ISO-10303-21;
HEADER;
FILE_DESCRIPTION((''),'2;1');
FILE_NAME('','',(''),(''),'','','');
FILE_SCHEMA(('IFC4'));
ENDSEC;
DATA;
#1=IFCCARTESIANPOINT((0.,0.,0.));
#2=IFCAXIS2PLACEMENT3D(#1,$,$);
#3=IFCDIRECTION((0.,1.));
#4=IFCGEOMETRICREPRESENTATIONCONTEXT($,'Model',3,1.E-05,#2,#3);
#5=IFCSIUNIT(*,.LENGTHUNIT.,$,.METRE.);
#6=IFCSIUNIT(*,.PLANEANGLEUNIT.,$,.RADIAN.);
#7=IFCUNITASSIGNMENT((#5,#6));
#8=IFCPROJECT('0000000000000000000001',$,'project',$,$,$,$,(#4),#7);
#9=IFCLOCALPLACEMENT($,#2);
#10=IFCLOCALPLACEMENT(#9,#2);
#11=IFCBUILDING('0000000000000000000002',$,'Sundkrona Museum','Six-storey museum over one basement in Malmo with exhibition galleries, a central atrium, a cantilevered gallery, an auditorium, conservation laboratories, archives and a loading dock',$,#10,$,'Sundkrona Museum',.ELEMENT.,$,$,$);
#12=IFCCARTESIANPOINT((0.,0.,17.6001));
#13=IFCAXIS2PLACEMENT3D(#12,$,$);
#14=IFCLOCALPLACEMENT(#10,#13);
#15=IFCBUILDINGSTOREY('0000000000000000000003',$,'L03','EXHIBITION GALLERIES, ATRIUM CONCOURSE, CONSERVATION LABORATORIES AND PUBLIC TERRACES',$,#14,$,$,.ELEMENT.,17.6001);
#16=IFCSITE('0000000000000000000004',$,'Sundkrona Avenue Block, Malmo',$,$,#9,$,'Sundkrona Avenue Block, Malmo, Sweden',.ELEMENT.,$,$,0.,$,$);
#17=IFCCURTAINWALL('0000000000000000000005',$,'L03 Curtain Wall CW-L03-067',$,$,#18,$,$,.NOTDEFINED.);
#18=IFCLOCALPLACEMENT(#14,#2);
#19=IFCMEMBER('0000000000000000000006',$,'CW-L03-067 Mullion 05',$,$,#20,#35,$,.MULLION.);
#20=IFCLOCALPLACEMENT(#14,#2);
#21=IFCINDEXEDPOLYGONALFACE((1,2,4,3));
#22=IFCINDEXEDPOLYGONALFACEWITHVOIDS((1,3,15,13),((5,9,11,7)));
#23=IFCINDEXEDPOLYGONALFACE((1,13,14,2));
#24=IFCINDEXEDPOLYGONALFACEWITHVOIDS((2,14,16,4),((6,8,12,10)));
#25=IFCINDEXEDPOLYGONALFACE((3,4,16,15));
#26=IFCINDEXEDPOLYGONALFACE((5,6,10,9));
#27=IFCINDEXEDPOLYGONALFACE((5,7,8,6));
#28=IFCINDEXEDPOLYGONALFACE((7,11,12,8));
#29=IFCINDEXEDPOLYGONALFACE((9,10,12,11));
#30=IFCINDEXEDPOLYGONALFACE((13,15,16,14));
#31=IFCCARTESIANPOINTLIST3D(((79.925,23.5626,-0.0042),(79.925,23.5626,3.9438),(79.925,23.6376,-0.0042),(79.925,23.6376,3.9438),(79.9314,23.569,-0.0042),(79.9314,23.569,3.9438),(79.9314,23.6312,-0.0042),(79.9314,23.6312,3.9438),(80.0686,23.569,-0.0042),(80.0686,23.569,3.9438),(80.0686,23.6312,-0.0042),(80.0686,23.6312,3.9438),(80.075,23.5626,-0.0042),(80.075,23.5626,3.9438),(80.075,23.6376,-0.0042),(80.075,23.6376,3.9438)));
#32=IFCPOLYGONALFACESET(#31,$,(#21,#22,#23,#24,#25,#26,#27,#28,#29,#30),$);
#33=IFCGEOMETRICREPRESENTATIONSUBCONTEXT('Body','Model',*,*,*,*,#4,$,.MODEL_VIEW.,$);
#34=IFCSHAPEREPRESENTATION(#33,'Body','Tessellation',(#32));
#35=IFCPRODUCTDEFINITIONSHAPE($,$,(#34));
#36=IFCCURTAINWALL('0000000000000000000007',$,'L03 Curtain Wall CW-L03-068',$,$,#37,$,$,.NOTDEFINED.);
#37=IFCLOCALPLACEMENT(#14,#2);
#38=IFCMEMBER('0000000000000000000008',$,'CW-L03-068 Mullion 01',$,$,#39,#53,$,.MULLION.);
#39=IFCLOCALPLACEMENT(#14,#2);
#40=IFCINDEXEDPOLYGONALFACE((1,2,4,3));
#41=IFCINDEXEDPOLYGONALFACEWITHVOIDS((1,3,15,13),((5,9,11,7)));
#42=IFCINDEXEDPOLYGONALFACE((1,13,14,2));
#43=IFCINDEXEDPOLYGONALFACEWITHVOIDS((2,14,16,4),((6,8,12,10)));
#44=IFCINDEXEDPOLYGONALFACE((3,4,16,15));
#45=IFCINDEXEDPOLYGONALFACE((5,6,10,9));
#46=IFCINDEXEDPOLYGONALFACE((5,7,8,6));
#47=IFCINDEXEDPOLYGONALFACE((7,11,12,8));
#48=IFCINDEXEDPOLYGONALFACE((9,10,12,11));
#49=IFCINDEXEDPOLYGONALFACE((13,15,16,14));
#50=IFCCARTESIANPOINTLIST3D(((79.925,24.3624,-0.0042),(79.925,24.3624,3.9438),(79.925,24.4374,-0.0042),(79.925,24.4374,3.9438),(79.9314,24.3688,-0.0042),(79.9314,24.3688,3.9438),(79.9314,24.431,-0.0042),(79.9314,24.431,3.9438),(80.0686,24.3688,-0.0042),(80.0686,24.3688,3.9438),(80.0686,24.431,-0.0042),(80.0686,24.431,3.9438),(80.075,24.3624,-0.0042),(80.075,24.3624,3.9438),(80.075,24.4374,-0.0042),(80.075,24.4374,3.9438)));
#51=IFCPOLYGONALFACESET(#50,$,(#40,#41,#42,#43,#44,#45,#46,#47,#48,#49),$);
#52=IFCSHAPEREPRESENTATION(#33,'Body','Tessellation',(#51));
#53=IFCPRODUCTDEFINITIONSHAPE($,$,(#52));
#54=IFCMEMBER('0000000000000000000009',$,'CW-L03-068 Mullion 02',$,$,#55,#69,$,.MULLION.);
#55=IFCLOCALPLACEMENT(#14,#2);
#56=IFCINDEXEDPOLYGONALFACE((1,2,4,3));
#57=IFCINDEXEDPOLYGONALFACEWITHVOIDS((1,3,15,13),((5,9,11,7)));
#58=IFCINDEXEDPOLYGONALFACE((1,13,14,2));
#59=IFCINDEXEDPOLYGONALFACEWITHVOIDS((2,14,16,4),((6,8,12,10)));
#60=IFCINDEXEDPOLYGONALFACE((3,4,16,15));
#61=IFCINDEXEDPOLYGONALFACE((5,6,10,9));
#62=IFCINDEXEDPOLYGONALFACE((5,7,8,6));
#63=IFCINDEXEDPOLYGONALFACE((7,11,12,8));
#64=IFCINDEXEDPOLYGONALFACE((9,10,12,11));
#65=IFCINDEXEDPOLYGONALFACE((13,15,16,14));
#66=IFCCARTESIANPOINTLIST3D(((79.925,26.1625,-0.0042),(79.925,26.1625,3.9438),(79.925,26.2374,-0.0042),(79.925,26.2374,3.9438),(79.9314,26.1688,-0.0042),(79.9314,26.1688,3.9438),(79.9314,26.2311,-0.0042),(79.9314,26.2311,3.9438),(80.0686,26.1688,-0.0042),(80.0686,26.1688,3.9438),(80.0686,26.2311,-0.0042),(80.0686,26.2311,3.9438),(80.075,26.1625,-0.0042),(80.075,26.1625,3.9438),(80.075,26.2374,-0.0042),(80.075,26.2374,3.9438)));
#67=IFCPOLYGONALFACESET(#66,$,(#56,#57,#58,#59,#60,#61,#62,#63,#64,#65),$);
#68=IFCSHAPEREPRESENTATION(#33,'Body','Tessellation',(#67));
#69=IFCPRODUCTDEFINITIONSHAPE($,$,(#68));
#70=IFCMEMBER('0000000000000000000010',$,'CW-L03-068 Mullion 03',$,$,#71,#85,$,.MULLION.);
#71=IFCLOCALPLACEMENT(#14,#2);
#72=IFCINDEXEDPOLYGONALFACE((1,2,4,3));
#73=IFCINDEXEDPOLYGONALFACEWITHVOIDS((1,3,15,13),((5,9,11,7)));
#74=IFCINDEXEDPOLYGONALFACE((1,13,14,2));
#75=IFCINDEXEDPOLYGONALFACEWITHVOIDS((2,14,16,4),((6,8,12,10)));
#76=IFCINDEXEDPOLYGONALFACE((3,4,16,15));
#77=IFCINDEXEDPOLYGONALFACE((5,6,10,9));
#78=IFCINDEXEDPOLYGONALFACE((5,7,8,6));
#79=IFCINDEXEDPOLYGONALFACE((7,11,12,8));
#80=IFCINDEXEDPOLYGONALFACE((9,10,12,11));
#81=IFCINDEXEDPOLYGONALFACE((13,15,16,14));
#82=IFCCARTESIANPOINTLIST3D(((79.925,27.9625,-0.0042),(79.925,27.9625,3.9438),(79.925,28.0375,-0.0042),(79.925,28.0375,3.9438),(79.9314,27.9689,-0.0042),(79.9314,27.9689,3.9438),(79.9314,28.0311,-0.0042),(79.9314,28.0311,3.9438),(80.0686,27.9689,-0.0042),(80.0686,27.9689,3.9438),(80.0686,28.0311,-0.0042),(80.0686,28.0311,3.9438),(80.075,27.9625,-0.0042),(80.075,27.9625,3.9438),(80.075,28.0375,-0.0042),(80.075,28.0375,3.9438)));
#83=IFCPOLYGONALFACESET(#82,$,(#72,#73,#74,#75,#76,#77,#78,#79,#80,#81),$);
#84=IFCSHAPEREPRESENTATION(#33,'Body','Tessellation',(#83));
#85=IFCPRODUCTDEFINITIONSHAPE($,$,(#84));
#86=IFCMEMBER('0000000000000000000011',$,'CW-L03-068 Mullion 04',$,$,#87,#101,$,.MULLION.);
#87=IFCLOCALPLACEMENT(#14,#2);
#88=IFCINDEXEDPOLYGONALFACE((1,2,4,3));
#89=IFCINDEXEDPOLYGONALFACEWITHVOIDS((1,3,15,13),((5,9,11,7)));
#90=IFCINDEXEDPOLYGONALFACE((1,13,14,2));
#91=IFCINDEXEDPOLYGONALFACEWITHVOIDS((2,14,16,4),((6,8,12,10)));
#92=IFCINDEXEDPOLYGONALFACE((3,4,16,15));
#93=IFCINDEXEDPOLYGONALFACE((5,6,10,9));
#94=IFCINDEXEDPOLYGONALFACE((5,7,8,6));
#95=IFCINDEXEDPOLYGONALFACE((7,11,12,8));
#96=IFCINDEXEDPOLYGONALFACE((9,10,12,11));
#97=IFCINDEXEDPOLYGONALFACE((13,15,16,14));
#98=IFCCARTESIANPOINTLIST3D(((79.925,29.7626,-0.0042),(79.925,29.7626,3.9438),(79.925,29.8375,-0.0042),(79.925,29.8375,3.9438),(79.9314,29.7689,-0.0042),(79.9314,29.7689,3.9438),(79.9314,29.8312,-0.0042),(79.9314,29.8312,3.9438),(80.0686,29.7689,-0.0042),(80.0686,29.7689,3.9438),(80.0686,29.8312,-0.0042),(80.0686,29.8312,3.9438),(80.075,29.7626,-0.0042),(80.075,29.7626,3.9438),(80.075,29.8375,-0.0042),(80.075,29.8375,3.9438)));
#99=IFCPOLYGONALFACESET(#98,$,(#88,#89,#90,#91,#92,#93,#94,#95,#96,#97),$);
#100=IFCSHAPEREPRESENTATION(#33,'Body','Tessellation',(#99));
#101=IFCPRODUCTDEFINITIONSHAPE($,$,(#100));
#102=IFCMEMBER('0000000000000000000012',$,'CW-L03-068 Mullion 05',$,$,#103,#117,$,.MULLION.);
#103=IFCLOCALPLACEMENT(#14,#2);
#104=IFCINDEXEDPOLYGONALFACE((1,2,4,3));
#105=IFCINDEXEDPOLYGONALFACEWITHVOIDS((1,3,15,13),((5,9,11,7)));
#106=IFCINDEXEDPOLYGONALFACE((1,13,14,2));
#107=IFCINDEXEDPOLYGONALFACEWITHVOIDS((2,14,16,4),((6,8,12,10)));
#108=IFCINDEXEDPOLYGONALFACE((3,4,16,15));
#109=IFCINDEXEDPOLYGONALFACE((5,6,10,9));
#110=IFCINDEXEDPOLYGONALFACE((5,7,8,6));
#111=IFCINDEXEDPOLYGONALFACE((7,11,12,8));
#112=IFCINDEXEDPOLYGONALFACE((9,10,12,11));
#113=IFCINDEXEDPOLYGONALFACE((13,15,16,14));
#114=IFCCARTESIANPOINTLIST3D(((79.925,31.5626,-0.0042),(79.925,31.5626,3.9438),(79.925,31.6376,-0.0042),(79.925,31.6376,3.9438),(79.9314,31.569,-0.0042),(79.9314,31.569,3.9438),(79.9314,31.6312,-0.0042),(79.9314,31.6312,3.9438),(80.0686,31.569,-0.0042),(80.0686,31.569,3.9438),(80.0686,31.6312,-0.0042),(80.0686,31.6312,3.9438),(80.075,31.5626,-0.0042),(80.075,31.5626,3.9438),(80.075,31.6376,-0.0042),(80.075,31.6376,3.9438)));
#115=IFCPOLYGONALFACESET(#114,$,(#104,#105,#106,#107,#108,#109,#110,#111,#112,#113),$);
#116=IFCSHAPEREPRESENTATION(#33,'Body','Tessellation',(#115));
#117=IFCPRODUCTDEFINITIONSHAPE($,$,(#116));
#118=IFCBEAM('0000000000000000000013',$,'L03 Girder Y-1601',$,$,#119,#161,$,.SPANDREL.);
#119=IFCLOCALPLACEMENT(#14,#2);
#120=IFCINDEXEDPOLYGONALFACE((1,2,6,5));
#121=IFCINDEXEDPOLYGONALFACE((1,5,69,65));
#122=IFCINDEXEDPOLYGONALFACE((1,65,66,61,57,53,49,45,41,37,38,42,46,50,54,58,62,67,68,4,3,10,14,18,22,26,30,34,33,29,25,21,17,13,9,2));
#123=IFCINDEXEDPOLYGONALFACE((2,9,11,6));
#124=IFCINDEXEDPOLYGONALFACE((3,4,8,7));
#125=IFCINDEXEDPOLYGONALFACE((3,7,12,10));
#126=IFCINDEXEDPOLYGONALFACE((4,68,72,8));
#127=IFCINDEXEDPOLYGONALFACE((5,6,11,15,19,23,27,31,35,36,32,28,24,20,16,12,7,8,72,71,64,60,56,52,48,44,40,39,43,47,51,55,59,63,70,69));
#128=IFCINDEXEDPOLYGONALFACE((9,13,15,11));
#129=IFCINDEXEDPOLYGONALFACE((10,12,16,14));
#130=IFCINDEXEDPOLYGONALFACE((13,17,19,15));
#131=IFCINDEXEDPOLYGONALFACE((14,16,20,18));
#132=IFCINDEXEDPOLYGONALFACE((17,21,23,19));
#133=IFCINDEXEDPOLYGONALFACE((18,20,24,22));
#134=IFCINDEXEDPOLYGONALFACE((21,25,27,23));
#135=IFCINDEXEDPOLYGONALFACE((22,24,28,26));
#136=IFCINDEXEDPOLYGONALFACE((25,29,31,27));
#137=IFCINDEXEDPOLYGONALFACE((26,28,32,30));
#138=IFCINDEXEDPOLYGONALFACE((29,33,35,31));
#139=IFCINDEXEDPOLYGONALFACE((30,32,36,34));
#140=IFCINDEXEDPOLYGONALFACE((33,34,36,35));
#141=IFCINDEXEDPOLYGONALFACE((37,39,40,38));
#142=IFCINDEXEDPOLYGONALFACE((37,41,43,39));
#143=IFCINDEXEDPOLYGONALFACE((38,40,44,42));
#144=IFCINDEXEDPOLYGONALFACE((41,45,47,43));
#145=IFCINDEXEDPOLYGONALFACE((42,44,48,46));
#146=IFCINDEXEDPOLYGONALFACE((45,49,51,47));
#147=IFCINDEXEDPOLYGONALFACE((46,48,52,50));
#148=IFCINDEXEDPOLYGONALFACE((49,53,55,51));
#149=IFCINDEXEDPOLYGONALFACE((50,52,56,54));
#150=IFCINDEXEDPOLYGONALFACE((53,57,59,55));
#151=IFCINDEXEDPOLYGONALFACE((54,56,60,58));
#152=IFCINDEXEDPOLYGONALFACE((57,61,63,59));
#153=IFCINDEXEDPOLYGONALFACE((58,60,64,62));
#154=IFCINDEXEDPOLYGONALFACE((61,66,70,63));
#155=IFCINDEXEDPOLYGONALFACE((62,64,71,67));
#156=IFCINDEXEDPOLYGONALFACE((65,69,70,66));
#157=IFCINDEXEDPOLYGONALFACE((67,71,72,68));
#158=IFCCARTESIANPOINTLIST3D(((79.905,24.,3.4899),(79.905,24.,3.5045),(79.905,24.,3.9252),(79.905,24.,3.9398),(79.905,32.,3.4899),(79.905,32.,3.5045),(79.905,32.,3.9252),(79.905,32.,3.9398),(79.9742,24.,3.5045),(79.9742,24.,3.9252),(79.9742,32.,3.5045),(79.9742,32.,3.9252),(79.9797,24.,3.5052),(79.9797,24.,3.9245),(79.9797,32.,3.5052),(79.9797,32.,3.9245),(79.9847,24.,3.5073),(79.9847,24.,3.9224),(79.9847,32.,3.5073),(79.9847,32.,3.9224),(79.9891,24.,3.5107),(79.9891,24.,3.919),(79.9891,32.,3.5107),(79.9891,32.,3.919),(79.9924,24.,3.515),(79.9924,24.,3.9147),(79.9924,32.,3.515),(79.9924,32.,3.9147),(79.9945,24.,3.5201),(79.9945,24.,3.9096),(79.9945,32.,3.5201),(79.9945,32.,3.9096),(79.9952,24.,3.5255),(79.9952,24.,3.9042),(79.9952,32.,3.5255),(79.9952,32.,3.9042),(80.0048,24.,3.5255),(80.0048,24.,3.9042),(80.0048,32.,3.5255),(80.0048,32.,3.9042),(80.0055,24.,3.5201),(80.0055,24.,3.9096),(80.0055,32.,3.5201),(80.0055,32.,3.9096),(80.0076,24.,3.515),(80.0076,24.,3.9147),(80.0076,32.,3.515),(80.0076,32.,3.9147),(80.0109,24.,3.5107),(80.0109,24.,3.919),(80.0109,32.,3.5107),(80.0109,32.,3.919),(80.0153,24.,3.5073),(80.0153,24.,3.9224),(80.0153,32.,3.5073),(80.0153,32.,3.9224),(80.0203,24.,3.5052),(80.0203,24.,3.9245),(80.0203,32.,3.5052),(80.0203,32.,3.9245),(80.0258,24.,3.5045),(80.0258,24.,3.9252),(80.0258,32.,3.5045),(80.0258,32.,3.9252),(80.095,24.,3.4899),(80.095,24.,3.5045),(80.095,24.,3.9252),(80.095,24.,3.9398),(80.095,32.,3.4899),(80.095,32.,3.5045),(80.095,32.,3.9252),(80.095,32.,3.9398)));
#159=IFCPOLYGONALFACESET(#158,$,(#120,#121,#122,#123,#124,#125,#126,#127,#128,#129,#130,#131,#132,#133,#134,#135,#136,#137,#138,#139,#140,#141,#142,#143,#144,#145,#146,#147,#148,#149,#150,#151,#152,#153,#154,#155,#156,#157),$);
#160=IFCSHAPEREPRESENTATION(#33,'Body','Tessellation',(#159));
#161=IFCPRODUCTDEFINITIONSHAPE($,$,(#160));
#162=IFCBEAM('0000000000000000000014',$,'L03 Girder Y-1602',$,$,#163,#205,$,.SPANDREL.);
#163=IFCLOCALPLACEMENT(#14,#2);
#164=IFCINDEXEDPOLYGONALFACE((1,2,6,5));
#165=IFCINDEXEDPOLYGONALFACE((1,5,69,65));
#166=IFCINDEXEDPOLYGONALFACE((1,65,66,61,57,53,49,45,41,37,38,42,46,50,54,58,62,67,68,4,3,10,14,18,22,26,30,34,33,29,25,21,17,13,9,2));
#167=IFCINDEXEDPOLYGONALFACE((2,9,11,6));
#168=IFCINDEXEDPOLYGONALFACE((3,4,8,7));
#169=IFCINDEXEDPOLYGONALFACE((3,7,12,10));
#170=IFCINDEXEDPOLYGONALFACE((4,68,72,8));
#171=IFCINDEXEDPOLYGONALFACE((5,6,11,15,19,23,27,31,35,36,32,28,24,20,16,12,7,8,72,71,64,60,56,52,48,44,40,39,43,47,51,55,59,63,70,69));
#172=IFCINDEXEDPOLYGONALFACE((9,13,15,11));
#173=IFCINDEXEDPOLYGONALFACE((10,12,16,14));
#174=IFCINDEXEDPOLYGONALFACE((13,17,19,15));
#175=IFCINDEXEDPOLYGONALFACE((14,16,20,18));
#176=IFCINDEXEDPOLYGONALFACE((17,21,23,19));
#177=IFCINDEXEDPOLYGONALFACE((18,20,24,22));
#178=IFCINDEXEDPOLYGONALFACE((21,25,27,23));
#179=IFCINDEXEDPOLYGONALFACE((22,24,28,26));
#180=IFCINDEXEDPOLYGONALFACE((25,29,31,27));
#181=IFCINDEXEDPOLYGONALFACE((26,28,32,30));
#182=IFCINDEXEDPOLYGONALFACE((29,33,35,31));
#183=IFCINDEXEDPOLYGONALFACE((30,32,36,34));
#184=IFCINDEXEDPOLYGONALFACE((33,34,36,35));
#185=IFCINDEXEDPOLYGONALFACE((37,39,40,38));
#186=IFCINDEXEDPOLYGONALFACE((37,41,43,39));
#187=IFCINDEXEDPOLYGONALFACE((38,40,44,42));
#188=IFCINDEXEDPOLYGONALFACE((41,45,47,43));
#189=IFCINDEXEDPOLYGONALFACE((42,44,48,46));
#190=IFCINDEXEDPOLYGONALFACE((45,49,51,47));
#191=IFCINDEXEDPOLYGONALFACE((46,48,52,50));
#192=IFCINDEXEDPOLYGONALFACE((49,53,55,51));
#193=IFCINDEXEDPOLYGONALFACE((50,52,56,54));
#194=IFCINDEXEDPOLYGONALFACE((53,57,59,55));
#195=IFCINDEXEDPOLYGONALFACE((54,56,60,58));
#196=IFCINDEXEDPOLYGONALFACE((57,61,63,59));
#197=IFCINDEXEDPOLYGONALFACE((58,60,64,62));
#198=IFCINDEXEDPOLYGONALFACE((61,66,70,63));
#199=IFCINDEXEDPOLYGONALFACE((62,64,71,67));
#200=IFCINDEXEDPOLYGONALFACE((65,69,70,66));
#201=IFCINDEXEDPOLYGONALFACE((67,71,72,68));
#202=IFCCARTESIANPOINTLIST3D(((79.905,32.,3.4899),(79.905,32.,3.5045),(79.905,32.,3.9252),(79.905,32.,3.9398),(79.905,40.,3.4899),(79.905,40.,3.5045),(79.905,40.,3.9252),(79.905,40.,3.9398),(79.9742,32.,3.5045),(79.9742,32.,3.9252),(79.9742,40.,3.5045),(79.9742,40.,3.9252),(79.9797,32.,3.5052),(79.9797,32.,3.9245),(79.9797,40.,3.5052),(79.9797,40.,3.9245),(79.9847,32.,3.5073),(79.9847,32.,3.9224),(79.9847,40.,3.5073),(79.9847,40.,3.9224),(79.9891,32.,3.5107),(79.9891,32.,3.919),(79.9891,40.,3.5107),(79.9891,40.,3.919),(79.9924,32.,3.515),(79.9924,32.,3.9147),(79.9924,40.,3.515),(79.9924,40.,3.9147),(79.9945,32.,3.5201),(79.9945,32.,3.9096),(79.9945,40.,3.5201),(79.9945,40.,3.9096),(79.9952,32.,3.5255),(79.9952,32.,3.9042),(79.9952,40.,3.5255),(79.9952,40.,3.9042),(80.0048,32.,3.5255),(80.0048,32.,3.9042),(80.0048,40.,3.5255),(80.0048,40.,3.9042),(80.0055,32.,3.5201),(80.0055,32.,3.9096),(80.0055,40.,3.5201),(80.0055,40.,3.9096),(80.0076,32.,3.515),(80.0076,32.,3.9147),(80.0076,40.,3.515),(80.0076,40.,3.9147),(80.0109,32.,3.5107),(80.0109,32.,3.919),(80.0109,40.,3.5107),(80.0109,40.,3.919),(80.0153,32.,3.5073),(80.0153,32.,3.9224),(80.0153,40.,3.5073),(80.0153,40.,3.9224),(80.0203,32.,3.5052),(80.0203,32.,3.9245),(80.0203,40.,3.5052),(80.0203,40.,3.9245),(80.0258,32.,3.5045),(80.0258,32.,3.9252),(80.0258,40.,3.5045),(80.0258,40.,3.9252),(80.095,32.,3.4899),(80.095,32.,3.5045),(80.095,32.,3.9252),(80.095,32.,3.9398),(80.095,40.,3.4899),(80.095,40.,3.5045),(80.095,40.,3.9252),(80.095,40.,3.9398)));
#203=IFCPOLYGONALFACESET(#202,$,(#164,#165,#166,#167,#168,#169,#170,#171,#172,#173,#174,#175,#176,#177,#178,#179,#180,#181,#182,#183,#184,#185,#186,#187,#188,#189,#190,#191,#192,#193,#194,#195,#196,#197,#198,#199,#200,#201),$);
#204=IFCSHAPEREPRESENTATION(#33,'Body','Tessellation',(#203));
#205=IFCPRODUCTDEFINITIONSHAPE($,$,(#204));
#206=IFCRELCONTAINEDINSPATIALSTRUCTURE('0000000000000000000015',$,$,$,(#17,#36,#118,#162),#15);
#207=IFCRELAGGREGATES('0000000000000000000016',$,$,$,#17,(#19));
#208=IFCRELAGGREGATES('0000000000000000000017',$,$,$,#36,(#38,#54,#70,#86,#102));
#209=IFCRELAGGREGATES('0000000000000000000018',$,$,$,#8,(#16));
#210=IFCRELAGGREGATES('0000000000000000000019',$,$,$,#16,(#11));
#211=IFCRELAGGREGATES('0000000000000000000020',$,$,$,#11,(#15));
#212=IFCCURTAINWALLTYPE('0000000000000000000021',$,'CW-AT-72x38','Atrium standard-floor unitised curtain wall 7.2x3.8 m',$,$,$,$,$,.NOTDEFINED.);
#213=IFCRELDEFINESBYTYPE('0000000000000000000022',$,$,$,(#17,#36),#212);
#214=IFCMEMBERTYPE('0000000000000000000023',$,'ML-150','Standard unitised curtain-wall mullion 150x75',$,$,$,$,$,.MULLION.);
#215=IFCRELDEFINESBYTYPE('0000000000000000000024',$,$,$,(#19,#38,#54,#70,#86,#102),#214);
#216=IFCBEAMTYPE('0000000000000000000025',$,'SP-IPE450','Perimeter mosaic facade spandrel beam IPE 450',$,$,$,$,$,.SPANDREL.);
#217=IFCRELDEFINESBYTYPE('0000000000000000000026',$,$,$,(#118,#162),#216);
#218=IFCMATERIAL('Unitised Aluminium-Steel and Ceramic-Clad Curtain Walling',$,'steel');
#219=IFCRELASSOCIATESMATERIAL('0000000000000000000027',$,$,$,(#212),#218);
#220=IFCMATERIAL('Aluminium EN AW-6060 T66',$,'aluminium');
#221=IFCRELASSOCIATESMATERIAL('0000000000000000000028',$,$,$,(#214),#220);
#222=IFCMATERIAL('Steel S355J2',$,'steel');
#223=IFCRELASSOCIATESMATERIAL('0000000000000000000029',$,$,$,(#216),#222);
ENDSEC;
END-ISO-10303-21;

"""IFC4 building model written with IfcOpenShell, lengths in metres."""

from ifc_helpers import new_model, si_unit, direction, frame, origin, origin_2d, place, context, subcontext, project, spatial, hollow_rectangle, i_section, extrude, material, material_profile, profile_set, type_object, element, aggregate, save


model = new_model("IFC4")

# Units and contexts
model_context = context("Model", 3, precision=1e-05, world=origin(), true_north=direction((0.0, 1.0)))
body_context = subcontext(model_context, "Body", "Model", "MODEL_VIEW")
ifc_project = project(units=[si_unit("LENGTHUNIT", "METRE"), si_unit("PLANEANGLEUNIT", "RADIAN")], contexts=[model_context])

# Site, building, storey
site_placement = place(None, origin())
site = spatial("IfcSite", under=ifc_project, at=site_placement, Name="Sundkrona Avenue Block, Malmo", LongName="Sundkrona Avenue Block, Malmo, Sweden", CompositionType="ELEMENT", RefElevation=0.0)
building_placement = place(site_placement, origin())
building = spatial("IfcBuilding", under=site, at=building_placement, Name="Sundkrona Museum", Description="Six-storey museum over one basement in Malmo with exhibition galleries, a central atrium, a cantilevered gallery, an auditorium, conservation laboratories, archives and a loading dock", LongName="Sundkrona Museum", CompositionType="ELEMENT")
storey_placement = place(building_placement, frame((0.0, 0.0, 17.6001)))
storey = spatial("IfcBuildingStorey", under=building, at=storey_placement, Name="L03", Description="EXHIBITION GALLERIES, ATRIUM CONCOURSE, CONSERVATION LABORATORIES AND PUBLIC TERRACES", CompositionType="ELEMENT", Elevation=17.6001)

# Shared definitions
ifc_material_1 = material(Name="Steel S355J2", Category="steel")

# Curtain wall, member
ifc_material_2 = material(Name="Unitised Aluminium-Steel and Ceramic-Clad Curtain Walling", Category="steel")
curtain_wall_type = type_object("IfcCurtainWallType", Name="CW-AT-72x38", Description="Atrium standard-floor unitised curtain wall 7.2x3.8 m", PredefinedType="NOTDEFINED", material=ifc_material_2)
curtain_wall_1_placement = place(storey_placement, origin())
curtain_wall_1 = element("IfcCurtainWall", 1, at=curtain_wall_1_placement, inside=storey, type_object=curtain_wall_type, Name="L03 Curtain Wall CW-L03-067", PredefinedType="NOTDEFINED")
ifc_material_3 = material(Name="Aluminium EN AW-6060 T66", Category="aluminium")
ifc_material_profile_1 = material_profile(ifc_material_3, hollow_rectangle(XDim=0.075, YDim=0.1499, WallThickness=0.0063, at=origin_2d()), Name="RHS 150x75x6.3")
ifc_profile_set_1 = profile_set([ifc_material_profile_1], Name="Aluminium EN AW-6060 T66")
member_type_1 = type_object("IfcMemberType", Name="ML-150", Description="Standard unitised curtain-wall mullion 150x75", PredefinedType="MULLION", material=ifc_profile_set_1)
member_1_placement = place(storey_placement, frame((80.0, 23.6001, -0.0042), z_axis=(0.0, 0.0, 1.0), x_axis=(0.0, 1.0, 0.0)))
member_1 = element("IfcMember", 2, at=member_1_placement, type_object=member_type_1, Name="CW-L03-067 Mullion 05", PredefinedType="MULLION", context=body_context, shape_type="SweptSolid", body=[
    extrude(hollow_rectangle(XDim=0.075, YDim=0.1499, WallThickness=0.0063, at=origin_2d()), origin(), (0.0, 0.0, 1.0), 3.948),
])
aggregate(curtain_wall_1, [member_1])

# Curtain wall, members
curtain_wall_2_placement = place(storey_placement, origin())
curtain_wall_2 = element("IfcCurtainWall", 3, at=curtain_wall_2_placement, inside=storey, type_object=curtain_wall_type, Name="L03 Curtain Wall CW-L03-068", PredefinedType="NOTDEFINED")
member_2_placement = place(storey_placement, frame((80.0, 24.3999, -0.0042), z_axis=(0.0, 0.0, 1.0), x_axis=(0.0, 1.0, 0.0)))
member_2 = element("IfcMember", 4, at=member_2_placement, type_object=member_type_1, Name="CW-L03-068 Mullion 01", PredefinedType="MULLION", context=body_context, shape_type="SweptSolid", body=[
    extrude(hollow_rectangle(XDim=0.075, YDim=0.1499, WallThickness=0.0063, at=origin_2d()), origin(), (0.0, 0.0, 1.0), 3.948),
])
member_3_placement = place(storey_placement, frame((80.0, 26.2, -0.0042), z_axis=(0.0, 0.0, 1.0), x_axis=(0.0, 1.0, 0.0)))
member_3 = element("IfcMember", 5, at=member_3_placement, type_object=member_type_1, Name="CW-L03-068 Mullion 02", PredefinedType="MULLION", context=body_context, shape_type="SweptSolid", body=[
    extrude(hollow_rectangle(XDim=0.075, YDim=0.1499, WallThickness=0.0063, at=origin_2d()), origin(), (0.0, 0.0, 1.0), 3.948),
])
member_4_placement = place(storey_placement, frame((80.0, 28.0, -0.0042), z_axis=(0.0, 0.0, 1.0), x_axis=(0.0, 1.0, 0.0)))
member_4 = element("IfcMember", 6, at=member_4_placement, type_object=member_type_1, Name="CW-L03-068 Mullion 03", PredefinedType="MULLION", context=body_context, shape_type="SweptSolid", body=[
    extrude(hollow_rectangle(XDim=0.075, YDim=0.1499, WallThickness=0.0063, at=origin_2d()), origin(), (0.0, 0.0, 1.0), 3.948),
])
member_5_placement = place(storey_placement, frame((80.0, 29.8, -0.0042), z_axis=(0.0, 0.0, 1.0), x_axis=(0.0, 1.0, 0.0)))
member_5 = element("IfcMember", 7, at=member_5_placement, type_object=member_type_1, Name="CW-L03-068 Mullion 04", PredefinedType="MULLION", context=body_context, shape_type="SweptSolid", body=[
    extrude(hollow_rectangle(XDim=0.075, YDim=0.1499, WallThickness=0.0063, at=origin_2d()), origin(), (0.0, 0.0, 1.0), 3.948),
])
member_6_placement = place(storey_placement, frame((80.0, 31.6001, -0.0042), z_axis=(0.0, 0.0, 1.0), x_axis=(0.0, 1.0, 0.0)))
member_6 = element("IfcMember", 8, at=member_6_placement, type_object=member_type_1, Name="CW-L03-068 Mullion 05", PredefinedType="MULLION", context=body_context, shape_type="SweptSolid", body=[
    extrude(hollow_rectangle(XDim=0.075, YDim=0.1499, WallThickness=0.0063, at=origin_2d()), origin(), (0.0, 0.0, 1.0), 3.948),
])

# Beams
ifc_material_profile_2 = material_profile(ifc_material_1, i_section(OverallWidth=0.1899, OverallDepth=0.45, WebThickness=0.0095, FlangeThickness=0.0146, FilletRadius=0.021, at=origin_2d()), Name="IPE 450")
ifc_profile_set_2 = profile_set([ifc_material_profile_2], Name="Steel S355J2")
beam_type_1 = type_object("IfcBeamType", Name="SP-IPE450", Description="Perimeter mosaic facade spandrel beam IPE 450", PredefinedType="SPANDREL", material=ifc_profile_set_2)
for number, where, z_axis, x_axis, name in (
    (9, (80.0, 24.0, 3.7148), (0.0, 1.0, 0.0), (-1.0, 0.0, 0.0), "L03 Girder Y-1601"),
    (10, (80.0, 32.0, 3.7148), (0.0, 1.0, 0.0), (-1.0, 0.0, 0.0), "L03 Girder Y-1602"),
):
    element("IfcBeam", number, at=place(storey_placement, frame(where, z_axis=z_axis, x_axis=x_axis)), inside=storey, type_object=beam_type_1, Name=name, PredefinedType="SPANDREL", context=body_context, shape_type="SweptSolid", body=[
        extrude(i_section(OverallWidth=0.1899, OverallDepth=0.45, WebThickness=0.0095, FlangeThickness=0.0146, FilletRadius=0.021, at=origin_2d()), origin(), (0.0, 0.0, 1.0), 8.0),
    ])

aggregate(curtain_wall_2, [member_2, member_3, member_4, member_5, member_6])

save(model, "model.ifc")
